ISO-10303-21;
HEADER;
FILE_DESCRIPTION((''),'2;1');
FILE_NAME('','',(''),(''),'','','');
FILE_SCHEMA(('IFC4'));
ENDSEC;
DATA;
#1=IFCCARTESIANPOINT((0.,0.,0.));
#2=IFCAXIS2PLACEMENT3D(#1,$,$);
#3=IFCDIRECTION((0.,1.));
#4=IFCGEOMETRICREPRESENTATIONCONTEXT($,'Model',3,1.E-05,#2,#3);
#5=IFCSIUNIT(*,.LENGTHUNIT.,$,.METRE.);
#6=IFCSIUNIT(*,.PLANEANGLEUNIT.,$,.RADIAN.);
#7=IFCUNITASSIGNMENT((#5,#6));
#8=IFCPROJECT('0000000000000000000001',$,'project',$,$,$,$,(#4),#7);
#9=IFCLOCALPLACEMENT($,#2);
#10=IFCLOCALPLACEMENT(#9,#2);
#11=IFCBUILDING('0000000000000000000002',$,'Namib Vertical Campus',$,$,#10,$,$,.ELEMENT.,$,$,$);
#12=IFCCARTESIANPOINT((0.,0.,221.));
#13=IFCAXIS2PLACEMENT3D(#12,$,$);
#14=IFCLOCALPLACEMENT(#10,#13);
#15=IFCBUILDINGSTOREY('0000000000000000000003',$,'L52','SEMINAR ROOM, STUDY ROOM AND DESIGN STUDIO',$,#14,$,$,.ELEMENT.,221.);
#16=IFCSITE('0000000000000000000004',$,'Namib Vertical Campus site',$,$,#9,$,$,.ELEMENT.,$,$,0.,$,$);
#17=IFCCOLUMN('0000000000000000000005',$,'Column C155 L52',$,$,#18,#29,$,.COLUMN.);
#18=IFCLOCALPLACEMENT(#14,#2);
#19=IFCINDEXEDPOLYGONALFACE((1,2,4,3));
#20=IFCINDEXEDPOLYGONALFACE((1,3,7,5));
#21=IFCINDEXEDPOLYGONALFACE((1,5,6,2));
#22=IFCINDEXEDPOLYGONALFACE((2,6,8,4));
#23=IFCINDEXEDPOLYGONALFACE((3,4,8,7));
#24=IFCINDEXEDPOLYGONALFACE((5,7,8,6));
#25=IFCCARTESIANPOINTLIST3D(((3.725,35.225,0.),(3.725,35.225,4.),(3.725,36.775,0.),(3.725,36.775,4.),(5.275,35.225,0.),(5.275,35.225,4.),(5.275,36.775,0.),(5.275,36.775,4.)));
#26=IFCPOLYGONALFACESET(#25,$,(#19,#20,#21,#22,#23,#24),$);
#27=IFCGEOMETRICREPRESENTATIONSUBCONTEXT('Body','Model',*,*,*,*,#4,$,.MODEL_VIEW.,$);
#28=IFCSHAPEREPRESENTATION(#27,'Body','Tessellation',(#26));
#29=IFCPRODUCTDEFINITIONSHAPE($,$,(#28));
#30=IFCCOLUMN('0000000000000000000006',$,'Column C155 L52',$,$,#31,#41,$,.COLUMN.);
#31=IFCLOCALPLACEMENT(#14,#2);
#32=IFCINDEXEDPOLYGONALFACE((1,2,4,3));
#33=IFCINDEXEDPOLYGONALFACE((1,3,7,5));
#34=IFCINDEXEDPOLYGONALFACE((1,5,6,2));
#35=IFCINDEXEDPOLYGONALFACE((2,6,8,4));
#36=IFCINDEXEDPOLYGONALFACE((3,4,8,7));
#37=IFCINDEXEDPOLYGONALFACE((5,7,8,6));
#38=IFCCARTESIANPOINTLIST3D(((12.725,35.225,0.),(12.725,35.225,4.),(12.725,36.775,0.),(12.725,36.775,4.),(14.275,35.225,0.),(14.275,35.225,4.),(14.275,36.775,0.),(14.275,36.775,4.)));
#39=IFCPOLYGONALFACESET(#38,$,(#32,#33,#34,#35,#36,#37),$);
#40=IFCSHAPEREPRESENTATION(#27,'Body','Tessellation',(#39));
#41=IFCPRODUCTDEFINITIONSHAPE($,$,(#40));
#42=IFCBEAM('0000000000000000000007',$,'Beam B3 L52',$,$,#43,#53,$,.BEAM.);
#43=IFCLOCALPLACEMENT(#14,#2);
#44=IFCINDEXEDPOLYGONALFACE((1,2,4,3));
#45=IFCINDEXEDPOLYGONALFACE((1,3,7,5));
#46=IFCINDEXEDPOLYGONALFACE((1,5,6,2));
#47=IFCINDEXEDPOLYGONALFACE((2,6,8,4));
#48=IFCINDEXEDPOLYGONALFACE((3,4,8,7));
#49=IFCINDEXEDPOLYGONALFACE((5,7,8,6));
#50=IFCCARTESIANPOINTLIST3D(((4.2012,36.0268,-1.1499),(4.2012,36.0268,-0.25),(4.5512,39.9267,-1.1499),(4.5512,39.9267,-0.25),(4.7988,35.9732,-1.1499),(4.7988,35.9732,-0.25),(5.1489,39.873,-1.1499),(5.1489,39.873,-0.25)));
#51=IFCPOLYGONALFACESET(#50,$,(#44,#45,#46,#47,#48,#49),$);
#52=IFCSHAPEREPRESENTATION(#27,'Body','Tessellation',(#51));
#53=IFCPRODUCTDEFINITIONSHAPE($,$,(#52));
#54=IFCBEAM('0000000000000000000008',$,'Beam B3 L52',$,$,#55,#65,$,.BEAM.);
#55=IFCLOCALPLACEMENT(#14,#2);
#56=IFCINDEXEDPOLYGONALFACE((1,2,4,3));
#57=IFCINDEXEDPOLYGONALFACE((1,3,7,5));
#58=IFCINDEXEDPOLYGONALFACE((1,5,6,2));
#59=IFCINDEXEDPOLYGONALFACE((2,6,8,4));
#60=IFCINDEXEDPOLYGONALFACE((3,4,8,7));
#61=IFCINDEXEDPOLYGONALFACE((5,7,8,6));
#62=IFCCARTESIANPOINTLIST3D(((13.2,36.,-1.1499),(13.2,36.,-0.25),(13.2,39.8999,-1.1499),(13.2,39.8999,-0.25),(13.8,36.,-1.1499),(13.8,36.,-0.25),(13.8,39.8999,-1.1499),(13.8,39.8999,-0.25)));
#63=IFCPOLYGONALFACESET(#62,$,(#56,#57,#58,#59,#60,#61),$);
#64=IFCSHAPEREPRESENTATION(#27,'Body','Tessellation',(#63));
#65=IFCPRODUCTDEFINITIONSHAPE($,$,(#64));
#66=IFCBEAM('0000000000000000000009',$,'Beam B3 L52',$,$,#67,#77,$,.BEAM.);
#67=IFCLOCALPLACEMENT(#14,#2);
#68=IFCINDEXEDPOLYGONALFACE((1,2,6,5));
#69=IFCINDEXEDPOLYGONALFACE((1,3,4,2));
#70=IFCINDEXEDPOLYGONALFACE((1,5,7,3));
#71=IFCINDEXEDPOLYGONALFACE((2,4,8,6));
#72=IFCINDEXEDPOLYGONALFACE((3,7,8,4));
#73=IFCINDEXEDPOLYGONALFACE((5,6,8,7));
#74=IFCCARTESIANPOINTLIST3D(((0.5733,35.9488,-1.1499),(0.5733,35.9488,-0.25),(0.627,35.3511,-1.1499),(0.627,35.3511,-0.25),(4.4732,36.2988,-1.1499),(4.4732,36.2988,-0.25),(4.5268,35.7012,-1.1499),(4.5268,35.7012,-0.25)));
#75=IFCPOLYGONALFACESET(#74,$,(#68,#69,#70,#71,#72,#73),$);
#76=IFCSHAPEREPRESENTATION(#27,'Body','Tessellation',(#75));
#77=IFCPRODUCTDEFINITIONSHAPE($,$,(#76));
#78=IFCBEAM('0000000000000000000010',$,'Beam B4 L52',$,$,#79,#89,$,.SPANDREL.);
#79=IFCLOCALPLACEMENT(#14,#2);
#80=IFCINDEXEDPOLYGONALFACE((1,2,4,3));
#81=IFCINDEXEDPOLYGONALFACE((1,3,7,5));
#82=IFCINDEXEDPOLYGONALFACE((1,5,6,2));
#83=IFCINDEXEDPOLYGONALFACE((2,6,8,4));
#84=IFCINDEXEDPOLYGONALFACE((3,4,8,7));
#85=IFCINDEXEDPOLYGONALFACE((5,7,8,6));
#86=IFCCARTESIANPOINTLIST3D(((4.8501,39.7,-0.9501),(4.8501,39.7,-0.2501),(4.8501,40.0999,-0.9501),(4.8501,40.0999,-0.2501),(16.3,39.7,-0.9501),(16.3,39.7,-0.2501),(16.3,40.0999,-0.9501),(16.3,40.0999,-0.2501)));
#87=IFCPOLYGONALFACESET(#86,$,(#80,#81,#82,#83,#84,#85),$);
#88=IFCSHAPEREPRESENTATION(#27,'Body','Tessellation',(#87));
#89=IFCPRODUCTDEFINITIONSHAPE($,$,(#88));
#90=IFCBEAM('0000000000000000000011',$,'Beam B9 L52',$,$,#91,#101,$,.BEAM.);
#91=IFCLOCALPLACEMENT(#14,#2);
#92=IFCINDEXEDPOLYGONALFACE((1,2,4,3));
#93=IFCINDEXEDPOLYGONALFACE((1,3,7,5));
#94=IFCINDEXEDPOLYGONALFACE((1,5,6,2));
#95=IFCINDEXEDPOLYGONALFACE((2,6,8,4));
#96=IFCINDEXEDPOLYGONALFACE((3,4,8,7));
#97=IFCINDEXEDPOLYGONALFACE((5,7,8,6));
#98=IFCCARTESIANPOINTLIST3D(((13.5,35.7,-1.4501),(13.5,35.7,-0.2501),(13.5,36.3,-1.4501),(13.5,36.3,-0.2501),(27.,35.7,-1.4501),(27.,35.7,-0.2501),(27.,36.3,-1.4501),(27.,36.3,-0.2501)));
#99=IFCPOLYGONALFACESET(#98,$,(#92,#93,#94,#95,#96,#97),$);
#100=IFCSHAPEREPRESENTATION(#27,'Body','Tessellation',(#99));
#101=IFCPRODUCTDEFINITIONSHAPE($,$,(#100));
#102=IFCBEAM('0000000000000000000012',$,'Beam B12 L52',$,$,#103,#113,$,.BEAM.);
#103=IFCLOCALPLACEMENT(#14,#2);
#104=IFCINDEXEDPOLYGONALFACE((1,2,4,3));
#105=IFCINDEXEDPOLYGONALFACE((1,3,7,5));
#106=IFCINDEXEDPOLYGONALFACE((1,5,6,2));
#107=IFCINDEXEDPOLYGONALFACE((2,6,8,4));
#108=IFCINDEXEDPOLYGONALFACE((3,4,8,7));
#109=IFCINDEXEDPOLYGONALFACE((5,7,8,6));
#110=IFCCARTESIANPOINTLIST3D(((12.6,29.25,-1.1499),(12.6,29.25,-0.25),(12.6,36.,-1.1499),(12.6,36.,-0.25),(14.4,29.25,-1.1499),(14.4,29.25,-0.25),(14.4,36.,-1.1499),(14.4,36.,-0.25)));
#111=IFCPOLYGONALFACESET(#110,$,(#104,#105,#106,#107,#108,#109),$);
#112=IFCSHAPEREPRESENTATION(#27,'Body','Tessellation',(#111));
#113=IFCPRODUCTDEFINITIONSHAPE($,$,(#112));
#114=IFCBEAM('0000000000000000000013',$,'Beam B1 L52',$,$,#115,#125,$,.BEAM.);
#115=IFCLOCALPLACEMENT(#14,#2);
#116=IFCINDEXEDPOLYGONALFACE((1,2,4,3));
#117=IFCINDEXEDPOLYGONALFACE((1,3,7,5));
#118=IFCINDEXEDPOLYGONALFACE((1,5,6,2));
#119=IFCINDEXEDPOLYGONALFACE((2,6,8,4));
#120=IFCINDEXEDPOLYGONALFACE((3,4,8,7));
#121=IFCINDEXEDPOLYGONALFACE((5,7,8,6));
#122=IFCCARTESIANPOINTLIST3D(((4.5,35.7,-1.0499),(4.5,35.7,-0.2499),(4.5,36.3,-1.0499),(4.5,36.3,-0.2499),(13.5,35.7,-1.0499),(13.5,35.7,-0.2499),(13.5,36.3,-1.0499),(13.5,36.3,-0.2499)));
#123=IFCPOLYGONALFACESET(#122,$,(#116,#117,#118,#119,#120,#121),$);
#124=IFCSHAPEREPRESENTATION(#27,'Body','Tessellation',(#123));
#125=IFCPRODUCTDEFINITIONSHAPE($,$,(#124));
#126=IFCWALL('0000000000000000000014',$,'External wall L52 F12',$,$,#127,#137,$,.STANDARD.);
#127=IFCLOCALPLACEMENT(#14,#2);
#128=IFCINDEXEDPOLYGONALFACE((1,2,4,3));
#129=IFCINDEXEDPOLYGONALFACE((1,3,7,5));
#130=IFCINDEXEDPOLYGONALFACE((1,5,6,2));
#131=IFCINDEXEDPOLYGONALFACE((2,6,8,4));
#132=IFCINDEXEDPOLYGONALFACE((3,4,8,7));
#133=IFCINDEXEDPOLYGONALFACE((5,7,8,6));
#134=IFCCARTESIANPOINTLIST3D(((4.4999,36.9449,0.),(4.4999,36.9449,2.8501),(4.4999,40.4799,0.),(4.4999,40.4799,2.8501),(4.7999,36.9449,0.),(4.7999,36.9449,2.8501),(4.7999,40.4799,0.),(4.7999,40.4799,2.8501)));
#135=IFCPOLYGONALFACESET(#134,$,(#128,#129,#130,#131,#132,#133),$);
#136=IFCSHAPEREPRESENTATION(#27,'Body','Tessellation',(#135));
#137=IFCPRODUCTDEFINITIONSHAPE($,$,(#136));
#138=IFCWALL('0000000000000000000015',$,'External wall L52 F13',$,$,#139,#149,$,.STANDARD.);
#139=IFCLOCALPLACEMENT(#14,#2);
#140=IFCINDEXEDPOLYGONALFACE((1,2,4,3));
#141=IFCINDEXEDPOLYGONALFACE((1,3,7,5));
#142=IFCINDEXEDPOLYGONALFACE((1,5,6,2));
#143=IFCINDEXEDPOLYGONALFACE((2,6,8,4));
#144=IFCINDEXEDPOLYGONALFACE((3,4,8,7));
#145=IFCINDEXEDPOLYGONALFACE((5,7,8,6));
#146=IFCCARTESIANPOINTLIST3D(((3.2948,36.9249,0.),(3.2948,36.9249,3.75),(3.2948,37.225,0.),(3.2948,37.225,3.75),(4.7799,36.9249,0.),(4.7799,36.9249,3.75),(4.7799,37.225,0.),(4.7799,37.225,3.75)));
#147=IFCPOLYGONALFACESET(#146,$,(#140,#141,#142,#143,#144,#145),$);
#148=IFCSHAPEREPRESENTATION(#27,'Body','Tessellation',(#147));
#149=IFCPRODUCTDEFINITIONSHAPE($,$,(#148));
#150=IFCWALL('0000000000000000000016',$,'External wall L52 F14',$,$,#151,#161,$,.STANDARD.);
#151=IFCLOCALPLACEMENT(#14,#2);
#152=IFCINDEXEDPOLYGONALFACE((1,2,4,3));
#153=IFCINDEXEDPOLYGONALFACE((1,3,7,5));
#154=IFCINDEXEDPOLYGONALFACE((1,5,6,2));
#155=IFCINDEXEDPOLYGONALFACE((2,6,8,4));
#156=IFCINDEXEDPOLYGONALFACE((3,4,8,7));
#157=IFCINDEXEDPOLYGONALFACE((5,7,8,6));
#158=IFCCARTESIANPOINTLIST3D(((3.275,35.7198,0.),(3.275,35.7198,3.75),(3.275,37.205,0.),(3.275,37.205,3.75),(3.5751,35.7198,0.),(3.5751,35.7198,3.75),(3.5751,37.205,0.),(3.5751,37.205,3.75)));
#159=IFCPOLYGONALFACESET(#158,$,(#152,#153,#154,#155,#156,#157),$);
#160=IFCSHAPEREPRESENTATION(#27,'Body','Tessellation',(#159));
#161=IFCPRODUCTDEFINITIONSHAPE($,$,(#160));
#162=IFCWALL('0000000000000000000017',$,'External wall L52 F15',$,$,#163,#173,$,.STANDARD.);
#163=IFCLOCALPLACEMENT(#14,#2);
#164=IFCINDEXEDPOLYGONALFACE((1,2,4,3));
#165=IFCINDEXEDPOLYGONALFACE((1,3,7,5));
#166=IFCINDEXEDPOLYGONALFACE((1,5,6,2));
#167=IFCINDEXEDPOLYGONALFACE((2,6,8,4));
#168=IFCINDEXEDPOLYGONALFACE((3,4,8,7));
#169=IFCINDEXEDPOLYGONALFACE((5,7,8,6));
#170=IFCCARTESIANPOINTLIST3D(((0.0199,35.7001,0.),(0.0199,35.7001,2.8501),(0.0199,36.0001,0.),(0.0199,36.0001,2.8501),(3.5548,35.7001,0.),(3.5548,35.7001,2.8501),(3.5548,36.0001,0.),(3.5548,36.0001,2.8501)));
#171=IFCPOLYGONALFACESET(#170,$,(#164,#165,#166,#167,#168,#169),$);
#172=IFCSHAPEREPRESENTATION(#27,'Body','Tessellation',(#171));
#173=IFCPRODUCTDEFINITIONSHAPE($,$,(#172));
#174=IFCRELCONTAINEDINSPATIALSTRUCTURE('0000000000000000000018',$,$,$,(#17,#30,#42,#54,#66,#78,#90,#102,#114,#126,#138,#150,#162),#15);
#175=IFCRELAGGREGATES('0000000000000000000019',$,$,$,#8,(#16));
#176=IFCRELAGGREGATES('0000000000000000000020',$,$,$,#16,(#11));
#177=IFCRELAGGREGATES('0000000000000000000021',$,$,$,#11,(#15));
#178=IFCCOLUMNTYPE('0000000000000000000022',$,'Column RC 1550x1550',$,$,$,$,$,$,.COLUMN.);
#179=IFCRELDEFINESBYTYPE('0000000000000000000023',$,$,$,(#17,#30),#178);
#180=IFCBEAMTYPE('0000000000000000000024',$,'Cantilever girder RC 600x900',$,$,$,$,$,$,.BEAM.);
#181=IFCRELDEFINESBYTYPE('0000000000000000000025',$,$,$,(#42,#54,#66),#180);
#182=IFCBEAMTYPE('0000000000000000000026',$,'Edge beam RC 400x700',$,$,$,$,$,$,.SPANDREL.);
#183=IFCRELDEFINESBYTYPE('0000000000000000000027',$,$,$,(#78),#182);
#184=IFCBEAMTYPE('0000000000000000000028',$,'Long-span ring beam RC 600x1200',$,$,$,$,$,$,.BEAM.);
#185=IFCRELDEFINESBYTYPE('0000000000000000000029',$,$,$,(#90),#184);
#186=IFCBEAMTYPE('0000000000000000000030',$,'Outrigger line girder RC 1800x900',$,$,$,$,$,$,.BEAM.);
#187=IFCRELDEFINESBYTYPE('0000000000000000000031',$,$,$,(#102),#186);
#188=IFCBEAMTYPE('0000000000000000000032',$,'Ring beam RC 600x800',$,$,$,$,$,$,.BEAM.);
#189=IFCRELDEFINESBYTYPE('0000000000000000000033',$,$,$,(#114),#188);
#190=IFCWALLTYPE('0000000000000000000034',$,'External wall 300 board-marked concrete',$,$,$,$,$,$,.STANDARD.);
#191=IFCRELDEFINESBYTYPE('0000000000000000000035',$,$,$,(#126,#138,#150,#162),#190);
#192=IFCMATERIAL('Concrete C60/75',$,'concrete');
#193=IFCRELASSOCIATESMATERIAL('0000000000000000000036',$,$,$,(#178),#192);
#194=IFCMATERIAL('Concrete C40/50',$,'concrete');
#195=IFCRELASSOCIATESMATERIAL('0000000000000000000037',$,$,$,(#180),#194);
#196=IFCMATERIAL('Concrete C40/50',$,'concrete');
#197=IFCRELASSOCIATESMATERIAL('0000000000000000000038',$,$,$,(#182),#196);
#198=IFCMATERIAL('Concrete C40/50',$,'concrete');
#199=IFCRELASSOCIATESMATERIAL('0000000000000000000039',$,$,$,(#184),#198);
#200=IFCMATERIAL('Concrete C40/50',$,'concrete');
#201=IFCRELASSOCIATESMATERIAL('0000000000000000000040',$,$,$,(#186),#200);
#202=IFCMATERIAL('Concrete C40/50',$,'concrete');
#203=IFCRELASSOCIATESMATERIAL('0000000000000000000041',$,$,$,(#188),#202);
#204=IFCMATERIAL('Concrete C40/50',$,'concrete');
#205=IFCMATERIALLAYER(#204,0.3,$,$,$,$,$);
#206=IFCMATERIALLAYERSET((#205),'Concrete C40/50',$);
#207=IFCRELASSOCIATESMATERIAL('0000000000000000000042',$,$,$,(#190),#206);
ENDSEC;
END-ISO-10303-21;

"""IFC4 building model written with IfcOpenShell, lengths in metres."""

from ifc_helpers import new_model, si_unit, direction, frame, frame_2d, origin, origin_2d, place, context, subcontext, project, spatial, rectangle, extrude, material, layer, layer_set, material_profile, profile_set, type_object, element, save


model = new_model("IFC4")

# Units and contexts
model_context = context("Model", 3, precision=1e-05, world=origin(), true_north=direction((0.0, 1.0)))
body_context = subcontext(model_context, "Body", "Model", "MODEL_VIEW")
ifc_project = project(units=[si_unit("LENGTHUNIT", "METRE"), si_unit("PLANEANGLEUNIT", "RADIAN")], contexts=[model_context])

# Site, building, storey
site_placement = place(None, origin())
site = spatial("IfcSite", under=ifc_project, at=site_placement, Name="Namib Vertical Campus site", CompositionType="ELEMENT", RefElevation=0.0)
building_placement = place(site_placement, origin())
building = spatial("IfcBuilding", under=site, at=building_placement, Name="Namib Vertical Campus", CompositionType="ELEMENT")
storey_placement = place(building_placement, frame((0.0, 0.0, 221.0)))
storey = spatial("IfcBuildingStorey", under=building, at=storey_placement, Name="L52", Description="SEMINAR ROOM, STUDY ROOM AND DESIGN STUDIO", CompositionType="ELEMENT", Elevation=221.0)

# Columns
ifc_material_1 = material(Name="Concrete C60/75", Category="concrete")
ifc_material_profile_1 = material_profile(ifc_material_1, rectangle(XDim=1.55, YDim=1.55, at=origin_2d()))
ifc_profile_set_1 = profile_set([ifc_material_profile_1], Name="Concrete C60/75")
column_type = type_object("IfcColumnType", Name="Column RC 1550x1550", PredefinedType="COLUMN", material=ifc_profile_set_1)
for number, where, z_axis, x_axis, name in (
    (1, (4.5, 36.0, 0.0), (0.0, 0.0, 1.0), (1.0, 0.0, 0.0), "Column C155 L52"),
    (2, (13.5, 36.0, 0.0), (0.0, 0.0, 1.0), (1.0, 0.0, 0.0), "Column C155 L52"),
):
    element("IfcColumn", number, at=place(storey_placement, frame(where, z_axis=z_axis, x_axis=x_axis)), inside=storey, type_object=column_type, Name=name, PredefinedType="COLUMN", context=body_context, shape_type="SweptSolid", body=[
        extrude(rectangle(XDim=1.55, YDim=1.55, at=origin_2d()), origin(), (0.0, 0.0, 1.0), 4.0),
    ])

# Beams
ifc_material_2 = material(Name="Concrete C40/50", Category="concrete")
ifc_material_profile_2 = material_profile(ifc_material_2, rectangle(XDim=0.6001, YDim=0.8999, at=origin_2d()))
ifc_profile_set_2 = profile_set([ifc_material_profile_2], Name="Concrete C40/50")
beam_type_1 = type_object("IfcBeamType", Name="Cantilever girder RC 600x900", PredefinedType="BEAM", material=ifc_profile_set_2)
beam_1_placement = place(storey_placement, frame((4.5, 36.0, -0.7), z_axis=(0.089411, 0.995995, 0.0), x_axis=(-0.995995, 0.089411, 0.0)))
element("IfcBeam", 3, at=beam_1_placement, inside=storey, type_object=beam_type_1, Name="Beam B3 L52", PredefinedType="BEAM", context=body_context, shape_type="SweptSolid", body=[
    extrude(rectangle(XDim=0.6001, YDim=0.8999, at=origin_2d()), origin(), (0.0, 0.0, 1.0), 3.9155),
])
beam_2_placement = place(storey_placement, frame((13.5, 36.0, -0.7), z_axis=(0.0, 1.0, 0.0), x_axis=(-1.0, 0.0, 0.0)))
element("IfcBeam", 4, at=beam_2_placement, inside=storey, type_object=beam_type_1, Name="Beam B3 L52", PredefinedType="BEAM", context=body_context, shape_type="SweptSolid", body=[
    extrude(rectangle(XDim=0.6001, YDim=0.8999, at=origin_2d()), origin(), (0.0, 0.0, 1.0), 3.8999),
])
beam_3_placement = place(storey_placement, frame((4.5, 36.0, -0.7), z_axis=(-0.995995, -0.089411, 0.0), x_axis=(0.089411, -0.995995, 0.0)))
element("IfcBeam", 5, at=beam_3_placement, inside=storey, type_object=beam_type_1, Name="Beam B3 L52", PredefinedType="BEAM", context=body_context, shape_type="SweptSolid", body=[
    extrude(rectangle(XDim=0.6001, YDim=0.8999, at=origin_2d()), origin(), (0.0, 0.0, 1.0), 3.9155),
])
ifc_material_3 = material(Name="Concrete C40/50", Category="concrete")
ifc_material_profile_3 = material_profile(ifc_material_3, rectangle(XDim=0.3999, YDim=0.7, at=origin_2d()))
ifc_profile_set_3 = profile_set([ifc_material_profile_3], Name="Concrete C40/50")
beam_type_2 = type_object("IfcBeamType", Name="Edge beam RC 400x700", PredefinedType="SPANDREL", material=ifc_profile_set_3)
beam_4_placement = place(storey_placement, frame((4.8501, 39.8999, -0.6001), z_axis=(1.0, 0.0, 0.0), x_axis=(0.0, 1.0, 0.0)))
element("IfcBeam", 6, at=beam_4_placement, inside=storey, type_object=beam_type_2, Name="Beam B4 L52", PredefinedType="SPANDREL", context=body_context, shape_type="SweptSolid", body=[
    extrude(rectangle(XDim=0.3999, YDim=0.7, at=origin_2d()), origin(), (0.0, 0.0, 1.0), 11.45),
])
ifc_material_4 = material(Name="Concrete C40/50", Category="concrete")
ifc_material_profile_4 = material_profile(ifc_material_4, rectangle(XDim=0.6001, YDim=1.2, at=origin_2d()))
ifc_profile_set_4 = profile_set([ifc_material_profile_4], Name="Concrete C40/50")
beam_type_3 = type_object("IfcBeamType", Name="Long-span ring beam RC 600x1200", PredefinedType="BEAM", material=ifc_profile_set_4)
beam_5_placement = place(storey_placement, frame((13.5, 36.0, -0.8501), z_axis=(1.0, 0.0, 0.0), x_axis=(0.0, 1.0, 0.0)))
element("IfcBeam", 7, at=beam_5_placement, inside=storey, type_object=beam_type_3, Name="Beam B9 L52", PredefinedType="BEAM", context=body_context, shape_type="SweptSolid", body=[
    extrude(rectangle(XDim=0.6001, YDim=1.2, at=origin_2d()), origin(), (0.0, 0.0, 1.0), 13.5),
])
ifc_material_5 = material(Name="Concrete C40/50", Category="concrete")
ifc_material_profile_5 = material_profile(ifc_material_5, rectangle(XDim=1.8, YDim=0.8999, at=origin_2d()))
ifc_profile_set_5 = profile_set([ifc_material_profile_5], Name="Concrete C40/50")
beam_type_4 = type_object("IfcBeamType", Name="Outrigger line girder RC 1800x900", PredefinedType="BEAM", material=ifc_profile_set_5)
beam_6_placement = place(storey_placement, frame((13.5, 36.0, -0.7), z_axis=(0.0, -1.0, 0.0), x_axis=(1.0, 0.0, 0.0)))
element("IfcBeam", 8, at=beam_6_placement, inside=storey, type_object=beam_type_4, Name="Beam B12 L52", PredefinedType="BEAM", context=body_context, shape_type="SweptSolid", body=[
    extrude(rectangle(XDim=1.8, YDim=0.8999, at=origin_2d()), origin(), (0.0, 0.0, 1.0), 6.75),
])
ifc_material_6 = material(Name="Concrete C40/50", Category="concrete")
ifc_material_profile_6 = material_profile(ifc_material_6, rectangle(XDim=0.6001, YDim=0.8, at=origin_2d()))
ifc_profile_set_6 = profile_set([ifc_material_profile_6], Name="Concrete C40/50")
beam_type_5 = type_object("IfcBeamType", Name="Ring beam RC 600x800", PredefinedType="BEAM", material=ifc_profile_set_6)
beam_7_placement = place(storey_placement, frame((4.5, 36.0, -0.6499), z_axis=(1.0, 0.0, 0.0), x_axis=(0.0, 1.0, 0.0)))
element("IfcBeam", 9, at=beam_7_placement, inside=storey, type_object=beam_type_5, Name="Beam B1 L52", PredefinedType="BEAM", context=body_context, shape_type="SweptSolid", body=[
    extrude(rectangle(XDim=0.6001, YDim=0.8, at=origin_2d()), origin(), (0.0, 0.0, 1.0), 9.0),
])

# Walls
ifc_material_7 = material(Name="Concrete C40/50", Category="concrete")
ifc_layer_1 = layer(ifc_material_7, 0.3)
ifc_layer_set_1 = layer_set([ifc_layer_1], Name="Concrete C40/50")
wall_type_1 = type_object("IfcWallType", Name="External wall 300 board-marked concrete", PredefinedType="STANDARD", material=ifc_layer_set_1)
wall_1_placement = place(storey_placement, frame((4.6499, 40.48, 0.0), z_axis=(0.0, 0.0, 1.0), x_axis=(0.0, -1.0, 0.0)))
element("IfcWall", 10, at=wall_1_placement, inside=storey, type_object=wall_type_1, Name="External wall L52 F12", PredefinedType="STANDARD", context=body_context, shape_type="SweptSolid", body=[
    extrude(rectangle(XDim=3.5349, YDim=0.3, at=frame_2d((1.7676, 0.0))), origin(), (0.0, 0.0, 1.0), 2.8501),
])
for number, where, z_axis, x_axis, name in (
    (11, (4.78, 37.075, 0.0), (0.0, 0.0, 1.0), (-1.0, 0.0, 0.0), "External wall L52 F13"),
    (12, (3.425, 37.2051, 0.0), (0.0, 0.0, 1.0), (0.0, -1.0, 0.0), "External wall L52 F14"),
):
    element("IfcWall", number, at=place(storey_placement, frame(where, z_axis=z_axis, x_axis=x_axis)), inside=storey, type_object=wall_type_1, Name=name, PredefinedType="STANDARD", context=body_context, shape_type="SweptSolid", body=[
        extrude(rectangle(XDim=1.4851, YDim=0.3, at=frame_2d((0.7427, 0.0))), origin(), (0.0, 0.0, 1.0), 3.75),
    ])
wall_2_placement = place(storey_placement, frame((3.5549, 35.8501, 0.0), z_axis=(0.0, 0.0, 1.0), x_axis=(-1.0, 0.0, 0.0)))
element("IfcWall", 13, at=wall_2_placement, inside=storey, type_object=wall_type_1, Name="External wall L52 F15", PredefinedType="STANDARD", context=body_context, shape_type="SweptSolid", body=[
    extrude(rectangle(XDim=3.5349, YDim=0.3, at=frame_2d((1.7676, 0.0))), origin(), (0.0, 0.0, 1.0), 2.8501),
])

save(model, "model.ifc")
